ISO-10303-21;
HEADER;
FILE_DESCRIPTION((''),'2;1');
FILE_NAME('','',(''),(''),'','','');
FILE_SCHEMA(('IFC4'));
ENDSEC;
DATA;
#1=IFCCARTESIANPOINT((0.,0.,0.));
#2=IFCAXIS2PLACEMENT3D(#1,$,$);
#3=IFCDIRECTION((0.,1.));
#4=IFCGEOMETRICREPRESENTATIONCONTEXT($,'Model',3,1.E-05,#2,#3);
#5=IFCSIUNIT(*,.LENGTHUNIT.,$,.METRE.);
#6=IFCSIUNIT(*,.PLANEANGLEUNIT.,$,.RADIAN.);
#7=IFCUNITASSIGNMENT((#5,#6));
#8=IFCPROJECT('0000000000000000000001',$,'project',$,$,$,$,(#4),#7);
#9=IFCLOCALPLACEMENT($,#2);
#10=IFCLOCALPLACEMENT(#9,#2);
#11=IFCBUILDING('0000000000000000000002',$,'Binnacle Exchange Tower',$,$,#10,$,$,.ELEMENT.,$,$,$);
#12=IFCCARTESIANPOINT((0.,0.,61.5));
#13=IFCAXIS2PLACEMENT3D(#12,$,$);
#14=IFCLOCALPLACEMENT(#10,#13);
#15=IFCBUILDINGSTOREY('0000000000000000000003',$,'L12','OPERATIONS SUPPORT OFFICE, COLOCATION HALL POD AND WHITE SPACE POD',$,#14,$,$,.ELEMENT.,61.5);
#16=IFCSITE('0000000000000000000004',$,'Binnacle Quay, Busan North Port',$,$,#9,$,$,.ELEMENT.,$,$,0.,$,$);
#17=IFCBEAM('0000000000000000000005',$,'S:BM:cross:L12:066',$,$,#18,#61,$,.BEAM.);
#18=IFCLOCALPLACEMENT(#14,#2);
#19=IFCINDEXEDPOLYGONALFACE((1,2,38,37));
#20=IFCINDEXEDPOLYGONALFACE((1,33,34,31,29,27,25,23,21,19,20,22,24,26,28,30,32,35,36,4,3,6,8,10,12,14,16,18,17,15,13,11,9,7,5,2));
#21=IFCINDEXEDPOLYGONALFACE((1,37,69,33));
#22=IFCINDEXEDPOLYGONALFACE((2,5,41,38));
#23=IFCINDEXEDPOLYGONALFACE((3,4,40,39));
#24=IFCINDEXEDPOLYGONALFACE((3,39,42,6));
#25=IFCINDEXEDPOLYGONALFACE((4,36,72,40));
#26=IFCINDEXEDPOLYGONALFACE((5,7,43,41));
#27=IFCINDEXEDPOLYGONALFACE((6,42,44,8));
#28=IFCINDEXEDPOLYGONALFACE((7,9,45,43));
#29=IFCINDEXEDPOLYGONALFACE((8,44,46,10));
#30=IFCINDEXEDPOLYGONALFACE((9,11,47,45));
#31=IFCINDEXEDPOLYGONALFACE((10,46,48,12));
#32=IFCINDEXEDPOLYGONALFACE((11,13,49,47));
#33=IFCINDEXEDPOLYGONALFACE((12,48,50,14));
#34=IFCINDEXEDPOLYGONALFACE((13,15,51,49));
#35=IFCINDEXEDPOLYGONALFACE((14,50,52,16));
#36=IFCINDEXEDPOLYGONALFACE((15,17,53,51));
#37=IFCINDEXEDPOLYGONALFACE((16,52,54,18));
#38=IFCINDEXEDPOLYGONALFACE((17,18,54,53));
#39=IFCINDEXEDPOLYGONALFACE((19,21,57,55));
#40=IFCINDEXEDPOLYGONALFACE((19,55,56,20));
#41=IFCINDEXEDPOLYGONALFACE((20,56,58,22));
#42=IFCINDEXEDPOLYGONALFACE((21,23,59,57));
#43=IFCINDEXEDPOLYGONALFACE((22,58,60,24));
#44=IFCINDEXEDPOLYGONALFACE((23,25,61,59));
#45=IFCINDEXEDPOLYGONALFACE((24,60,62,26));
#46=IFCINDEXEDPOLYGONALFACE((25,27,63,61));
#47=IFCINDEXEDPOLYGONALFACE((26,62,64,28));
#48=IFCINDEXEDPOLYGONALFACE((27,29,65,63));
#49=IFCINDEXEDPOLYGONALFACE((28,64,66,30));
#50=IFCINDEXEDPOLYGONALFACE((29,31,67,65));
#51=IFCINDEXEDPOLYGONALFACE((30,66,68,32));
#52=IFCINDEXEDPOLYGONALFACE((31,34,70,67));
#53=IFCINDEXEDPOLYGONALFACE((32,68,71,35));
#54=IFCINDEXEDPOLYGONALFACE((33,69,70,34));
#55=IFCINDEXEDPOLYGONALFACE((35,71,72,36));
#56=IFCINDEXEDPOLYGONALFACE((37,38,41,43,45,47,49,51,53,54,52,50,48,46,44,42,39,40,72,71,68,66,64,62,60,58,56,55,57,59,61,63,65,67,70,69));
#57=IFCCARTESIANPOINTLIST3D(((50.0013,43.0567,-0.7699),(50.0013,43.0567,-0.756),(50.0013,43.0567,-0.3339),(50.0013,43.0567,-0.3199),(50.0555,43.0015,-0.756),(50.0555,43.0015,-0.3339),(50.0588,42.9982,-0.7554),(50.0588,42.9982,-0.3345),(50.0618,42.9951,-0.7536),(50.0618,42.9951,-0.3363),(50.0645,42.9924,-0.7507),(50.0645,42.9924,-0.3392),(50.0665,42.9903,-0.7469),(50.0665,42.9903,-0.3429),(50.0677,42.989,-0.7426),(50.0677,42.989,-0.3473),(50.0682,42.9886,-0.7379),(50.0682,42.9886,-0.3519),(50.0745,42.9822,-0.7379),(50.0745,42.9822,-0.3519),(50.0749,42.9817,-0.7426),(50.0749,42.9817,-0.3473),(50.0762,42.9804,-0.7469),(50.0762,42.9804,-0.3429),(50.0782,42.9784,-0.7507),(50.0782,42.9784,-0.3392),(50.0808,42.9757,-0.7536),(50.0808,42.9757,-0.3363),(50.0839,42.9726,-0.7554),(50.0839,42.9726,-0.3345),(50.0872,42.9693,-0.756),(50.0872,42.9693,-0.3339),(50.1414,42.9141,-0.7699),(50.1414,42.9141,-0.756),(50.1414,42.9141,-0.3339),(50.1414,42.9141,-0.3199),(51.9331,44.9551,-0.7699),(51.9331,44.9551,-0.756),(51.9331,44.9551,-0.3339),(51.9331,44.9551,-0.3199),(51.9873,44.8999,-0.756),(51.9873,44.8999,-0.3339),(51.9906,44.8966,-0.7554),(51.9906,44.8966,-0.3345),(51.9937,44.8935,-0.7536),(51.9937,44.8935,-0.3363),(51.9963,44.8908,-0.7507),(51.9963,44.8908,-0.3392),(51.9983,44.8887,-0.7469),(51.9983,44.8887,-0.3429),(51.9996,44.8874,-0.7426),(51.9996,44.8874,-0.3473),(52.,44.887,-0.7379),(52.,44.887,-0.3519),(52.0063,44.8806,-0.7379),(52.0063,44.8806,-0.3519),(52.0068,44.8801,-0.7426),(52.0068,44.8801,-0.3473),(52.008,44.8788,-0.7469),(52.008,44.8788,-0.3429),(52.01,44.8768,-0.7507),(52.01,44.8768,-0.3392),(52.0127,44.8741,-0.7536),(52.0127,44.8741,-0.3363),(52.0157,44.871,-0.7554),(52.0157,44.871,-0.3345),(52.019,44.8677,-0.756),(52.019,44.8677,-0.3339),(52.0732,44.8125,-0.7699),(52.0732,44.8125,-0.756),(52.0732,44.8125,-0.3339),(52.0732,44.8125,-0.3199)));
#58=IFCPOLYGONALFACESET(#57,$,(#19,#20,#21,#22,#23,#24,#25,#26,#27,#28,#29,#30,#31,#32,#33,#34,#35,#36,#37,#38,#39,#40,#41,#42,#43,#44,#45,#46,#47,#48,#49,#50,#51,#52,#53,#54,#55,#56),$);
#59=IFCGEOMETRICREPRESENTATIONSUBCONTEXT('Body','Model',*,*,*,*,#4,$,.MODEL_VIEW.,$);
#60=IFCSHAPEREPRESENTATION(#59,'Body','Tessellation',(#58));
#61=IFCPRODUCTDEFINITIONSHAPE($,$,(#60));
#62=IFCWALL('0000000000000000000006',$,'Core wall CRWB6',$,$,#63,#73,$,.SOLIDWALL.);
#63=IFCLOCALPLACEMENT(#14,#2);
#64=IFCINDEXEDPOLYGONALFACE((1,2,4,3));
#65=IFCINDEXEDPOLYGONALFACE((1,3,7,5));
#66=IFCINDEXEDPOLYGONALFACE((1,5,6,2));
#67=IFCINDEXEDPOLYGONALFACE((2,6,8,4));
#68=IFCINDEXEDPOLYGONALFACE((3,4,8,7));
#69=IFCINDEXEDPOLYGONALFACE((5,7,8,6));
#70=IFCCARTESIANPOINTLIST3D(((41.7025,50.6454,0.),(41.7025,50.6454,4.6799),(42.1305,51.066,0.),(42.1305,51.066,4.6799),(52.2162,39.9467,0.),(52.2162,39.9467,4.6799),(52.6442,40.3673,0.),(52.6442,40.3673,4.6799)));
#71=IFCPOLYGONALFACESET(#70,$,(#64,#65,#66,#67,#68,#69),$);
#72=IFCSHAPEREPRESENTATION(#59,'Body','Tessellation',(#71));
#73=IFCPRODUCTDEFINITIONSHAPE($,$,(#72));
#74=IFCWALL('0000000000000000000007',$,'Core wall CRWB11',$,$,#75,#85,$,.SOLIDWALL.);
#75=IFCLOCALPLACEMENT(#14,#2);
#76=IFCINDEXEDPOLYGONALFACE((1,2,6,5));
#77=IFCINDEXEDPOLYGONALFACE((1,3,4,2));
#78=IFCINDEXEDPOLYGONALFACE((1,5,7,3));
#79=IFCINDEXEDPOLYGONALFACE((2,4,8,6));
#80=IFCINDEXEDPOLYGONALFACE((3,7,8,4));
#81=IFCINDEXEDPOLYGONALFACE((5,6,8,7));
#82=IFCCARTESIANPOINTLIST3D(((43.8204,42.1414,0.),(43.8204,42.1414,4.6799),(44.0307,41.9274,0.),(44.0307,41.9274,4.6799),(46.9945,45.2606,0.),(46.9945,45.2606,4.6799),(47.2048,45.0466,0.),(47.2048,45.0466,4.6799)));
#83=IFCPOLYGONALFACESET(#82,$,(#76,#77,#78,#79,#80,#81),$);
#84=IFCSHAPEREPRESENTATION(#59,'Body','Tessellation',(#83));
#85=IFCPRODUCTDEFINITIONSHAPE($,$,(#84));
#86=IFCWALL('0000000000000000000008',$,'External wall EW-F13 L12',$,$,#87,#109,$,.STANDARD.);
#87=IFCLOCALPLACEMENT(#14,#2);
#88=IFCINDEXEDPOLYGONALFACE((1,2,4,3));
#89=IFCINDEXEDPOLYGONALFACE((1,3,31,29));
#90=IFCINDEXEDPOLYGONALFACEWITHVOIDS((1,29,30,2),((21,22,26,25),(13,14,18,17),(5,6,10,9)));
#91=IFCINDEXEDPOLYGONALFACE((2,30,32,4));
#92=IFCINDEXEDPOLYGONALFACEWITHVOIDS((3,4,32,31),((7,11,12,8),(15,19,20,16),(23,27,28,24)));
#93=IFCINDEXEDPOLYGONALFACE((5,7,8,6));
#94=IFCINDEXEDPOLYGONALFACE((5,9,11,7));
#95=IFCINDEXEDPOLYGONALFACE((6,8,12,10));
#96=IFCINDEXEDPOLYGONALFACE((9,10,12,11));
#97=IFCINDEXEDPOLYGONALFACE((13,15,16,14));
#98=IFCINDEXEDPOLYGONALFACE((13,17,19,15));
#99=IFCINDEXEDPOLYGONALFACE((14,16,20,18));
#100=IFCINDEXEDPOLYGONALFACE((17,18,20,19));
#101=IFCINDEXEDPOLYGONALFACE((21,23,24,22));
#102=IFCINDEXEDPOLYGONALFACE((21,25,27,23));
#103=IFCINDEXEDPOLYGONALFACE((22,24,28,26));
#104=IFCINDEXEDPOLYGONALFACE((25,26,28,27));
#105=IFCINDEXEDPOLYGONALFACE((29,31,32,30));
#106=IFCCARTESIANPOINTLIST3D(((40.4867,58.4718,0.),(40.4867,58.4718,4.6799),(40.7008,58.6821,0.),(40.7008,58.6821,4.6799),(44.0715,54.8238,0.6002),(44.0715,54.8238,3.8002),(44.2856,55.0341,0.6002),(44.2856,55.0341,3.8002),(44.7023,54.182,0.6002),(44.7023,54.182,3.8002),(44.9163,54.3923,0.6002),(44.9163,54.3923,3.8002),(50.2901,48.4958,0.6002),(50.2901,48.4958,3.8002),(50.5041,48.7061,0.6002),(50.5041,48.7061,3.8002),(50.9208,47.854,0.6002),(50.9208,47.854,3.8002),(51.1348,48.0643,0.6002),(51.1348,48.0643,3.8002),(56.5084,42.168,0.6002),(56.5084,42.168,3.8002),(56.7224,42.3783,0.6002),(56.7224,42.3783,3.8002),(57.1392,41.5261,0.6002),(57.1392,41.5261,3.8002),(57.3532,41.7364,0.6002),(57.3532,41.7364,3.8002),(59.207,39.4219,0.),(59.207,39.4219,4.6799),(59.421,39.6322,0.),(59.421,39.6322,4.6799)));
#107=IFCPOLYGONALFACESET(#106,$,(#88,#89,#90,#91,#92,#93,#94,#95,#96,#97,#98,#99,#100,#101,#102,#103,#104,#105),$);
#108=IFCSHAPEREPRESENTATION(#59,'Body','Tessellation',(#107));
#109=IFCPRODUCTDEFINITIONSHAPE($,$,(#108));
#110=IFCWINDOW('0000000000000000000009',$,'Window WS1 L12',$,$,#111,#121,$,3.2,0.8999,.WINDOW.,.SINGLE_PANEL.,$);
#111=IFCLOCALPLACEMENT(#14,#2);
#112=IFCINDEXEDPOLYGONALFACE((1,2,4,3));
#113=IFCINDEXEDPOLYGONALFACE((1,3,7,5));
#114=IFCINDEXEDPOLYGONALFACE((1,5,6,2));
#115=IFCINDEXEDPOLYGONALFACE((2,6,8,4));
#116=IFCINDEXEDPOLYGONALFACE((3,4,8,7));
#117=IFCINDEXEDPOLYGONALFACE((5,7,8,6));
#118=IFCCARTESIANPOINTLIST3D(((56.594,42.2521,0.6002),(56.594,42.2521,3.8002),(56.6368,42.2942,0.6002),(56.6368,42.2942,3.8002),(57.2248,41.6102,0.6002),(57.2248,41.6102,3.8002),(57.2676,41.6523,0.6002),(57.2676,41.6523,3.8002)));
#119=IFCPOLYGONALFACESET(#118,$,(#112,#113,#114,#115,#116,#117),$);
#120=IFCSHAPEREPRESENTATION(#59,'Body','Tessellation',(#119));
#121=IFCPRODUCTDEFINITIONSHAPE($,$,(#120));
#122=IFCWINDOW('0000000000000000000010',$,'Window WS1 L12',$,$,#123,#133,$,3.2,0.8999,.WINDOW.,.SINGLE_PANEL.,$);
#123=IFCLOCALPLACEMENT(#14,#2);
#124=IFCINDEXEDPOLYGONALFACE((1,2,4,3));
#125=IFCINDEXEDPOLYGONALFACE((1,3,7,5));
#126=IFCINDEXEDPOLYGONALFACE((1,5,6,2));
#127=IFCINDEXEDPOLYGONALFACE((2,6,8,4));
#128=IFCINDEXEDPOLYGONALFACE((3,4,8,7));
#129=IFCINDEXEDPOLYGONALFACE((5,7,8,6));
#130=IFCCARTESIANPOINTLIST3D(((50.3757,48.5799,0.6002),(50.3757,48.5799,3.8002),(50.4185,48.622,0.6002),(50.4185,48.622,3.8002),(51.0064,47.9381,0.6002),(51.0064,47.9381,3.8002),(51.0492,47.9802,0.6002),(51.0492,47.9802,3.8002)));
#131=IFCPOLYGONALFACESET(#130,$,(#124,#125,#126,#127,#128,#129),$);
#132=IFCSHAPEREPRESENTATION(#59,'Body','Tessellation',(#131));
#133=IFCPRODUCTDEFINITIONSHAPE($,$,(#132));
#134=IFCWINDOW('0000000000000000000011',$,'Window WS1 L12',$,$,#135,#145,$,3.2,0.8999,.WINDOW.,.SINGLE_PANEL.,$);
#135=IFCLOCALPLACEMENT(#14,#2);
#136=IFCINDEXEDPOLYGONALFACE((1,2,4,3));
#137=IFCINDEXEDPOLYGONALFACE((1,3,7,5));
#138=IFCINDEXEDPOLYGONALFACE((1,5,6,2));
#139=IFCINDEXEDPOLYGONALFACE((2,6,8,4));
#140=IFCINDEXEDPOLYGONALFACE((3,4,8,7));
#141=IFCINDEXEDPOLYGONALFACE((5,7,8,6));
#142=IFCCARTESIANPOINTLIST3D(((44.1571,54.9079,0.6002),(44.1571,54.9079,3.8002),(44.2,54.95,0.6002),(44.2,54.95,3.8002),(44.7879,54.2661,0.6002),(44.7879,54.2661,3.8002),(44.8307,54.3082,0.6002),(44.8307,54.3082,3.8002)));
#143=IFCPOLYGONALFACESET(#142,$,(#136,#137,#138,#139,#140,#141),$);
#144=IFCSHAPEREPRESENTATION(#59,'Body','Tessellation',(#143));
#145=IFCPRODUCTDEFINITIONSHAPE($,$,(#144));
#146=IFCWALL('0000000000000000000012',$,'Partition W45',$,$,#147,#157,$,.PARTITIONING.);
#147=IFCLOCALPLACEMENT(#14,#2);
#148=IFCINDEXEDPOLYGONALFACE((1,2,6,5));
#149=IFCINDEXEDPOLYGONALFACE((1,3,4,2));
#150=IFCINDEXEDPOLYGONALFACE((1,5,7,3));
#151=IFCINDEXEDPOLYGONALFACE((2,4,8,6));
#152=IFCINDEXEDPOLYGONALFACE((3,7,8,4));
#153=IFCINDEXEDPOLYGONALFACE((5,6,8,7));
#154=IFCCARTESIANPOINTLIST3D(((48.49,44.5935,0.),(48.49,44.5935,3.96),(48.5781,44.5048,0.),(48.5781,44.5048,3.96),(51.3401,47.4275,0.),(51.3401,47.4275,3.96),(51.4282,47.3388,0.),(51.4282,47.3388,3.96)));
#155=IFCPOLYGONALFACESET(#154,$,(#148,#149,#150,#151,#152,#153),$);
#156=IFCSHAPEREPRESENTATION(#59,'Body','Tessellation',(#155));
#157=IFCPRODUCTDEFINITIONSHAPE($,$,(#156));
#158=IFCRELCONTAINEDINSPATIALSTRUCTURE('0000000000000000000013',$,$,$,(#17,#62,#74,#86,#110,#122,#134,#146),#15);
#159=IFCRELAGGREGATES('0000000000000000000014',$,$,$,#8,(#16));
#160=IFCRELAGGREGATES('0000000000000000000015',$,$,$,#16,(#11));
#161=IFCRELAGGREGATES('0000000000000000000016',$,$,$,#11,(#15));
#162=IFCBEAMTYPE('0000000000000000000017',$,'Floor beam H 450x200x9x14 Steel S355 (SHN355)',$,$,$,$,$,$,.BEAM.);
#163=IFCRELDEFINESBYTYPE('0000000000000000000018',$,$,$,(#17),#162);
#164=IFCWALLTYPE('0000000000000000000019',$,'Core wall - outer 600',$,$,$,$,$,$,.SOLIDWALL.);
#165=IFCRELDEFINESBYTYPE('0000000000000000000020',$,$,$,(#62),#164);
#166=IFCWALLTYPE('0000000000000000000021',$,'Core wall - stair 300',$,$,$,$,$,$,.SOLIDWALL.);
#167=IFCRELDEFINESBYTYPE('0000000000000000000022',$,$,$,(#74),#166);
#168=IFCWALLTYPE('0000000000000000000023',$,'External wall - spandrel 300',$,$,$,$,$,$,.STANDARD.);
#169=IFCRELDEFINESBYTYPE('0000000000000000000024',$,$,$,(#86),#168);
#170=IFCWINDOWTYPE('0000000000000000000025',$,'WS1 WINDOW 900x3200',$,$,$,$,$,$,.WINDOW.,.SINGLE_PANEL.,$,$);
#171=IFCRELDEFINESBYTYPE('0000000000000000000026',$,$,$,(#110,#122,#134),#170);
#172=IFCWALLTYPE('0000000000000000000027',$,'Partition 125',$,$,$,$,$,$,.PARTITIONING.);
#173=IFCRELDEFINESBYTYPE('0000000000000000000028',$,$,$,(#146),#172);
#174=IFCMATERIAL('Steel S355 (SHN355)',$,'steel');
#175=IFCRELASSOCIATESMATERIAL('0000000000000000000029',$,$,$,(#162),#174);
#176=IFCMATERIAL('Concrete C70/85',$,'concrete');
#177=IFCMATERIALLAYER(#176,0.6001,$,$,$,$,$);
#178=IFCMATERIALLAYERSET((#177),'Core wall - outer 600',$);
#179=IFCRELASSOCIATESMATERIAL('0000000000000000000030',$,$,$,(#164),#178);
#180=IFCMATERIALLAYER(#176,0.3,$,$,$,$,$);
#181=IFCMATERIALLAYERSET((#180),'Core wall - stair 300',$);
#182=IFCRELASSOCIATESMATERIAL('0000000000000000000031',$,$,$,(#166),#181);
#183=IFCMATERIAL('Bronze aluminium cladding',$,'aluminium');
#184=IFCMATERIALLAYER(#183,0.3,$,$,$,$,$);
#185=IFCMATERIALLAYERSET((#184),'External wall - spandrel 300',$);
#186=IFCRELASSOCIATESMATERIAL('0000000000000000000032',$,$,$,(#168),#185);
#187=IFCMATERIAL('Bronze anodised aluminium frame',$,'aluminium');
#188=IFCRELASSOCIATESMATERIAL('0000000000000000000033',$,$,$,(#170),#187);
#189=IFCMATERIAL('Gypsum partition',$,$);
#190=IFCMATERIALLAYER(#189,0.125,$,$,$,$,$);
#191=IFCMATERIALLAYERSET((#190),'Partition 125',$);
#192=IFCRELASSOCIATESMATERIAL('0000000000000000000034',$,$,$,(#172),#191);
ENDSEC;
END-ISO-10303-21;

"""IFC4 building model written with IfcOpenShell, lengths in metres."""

from ifc_helpers import new_model, si_unit, direction, frame, frame_2d, origin, origin_2d, place, context, subcontext, project, spatial, rectangle, i_section, extrude, material, layer, layer_set, material_profile, profile_set, type_object, element, fill, save


model = new_model("IFC4")

# Units and contexts
model_context = context("Model", 3, precision=1e-05, world=origin(), true_north=direction((0.0, 1.0)))
body_context = subcontext(model_context, "Body", "Model", "MODEL_VIEW")
ifc_project = project(units=[si_unit("LENGTHUNIT", "METRE"), si_unit("PLANEANGLEUNIT", "RADIAN")], contexts=[model_context])

# Site, building, storey
site_placement = place(None, origin())
site = spatial("IfcSite", under=ifc_project, at=site_placement, Name="Binnacle Quay, Busan North Port", CompositionType="ELEMENT", RefElevation=0.0)
building_placement = place(site_placement, origin())
building = spatial("IfcBuilding", under=site, at=building_placement, Name="Binnacle Exchange Tower", CompositionType="ELEMENT")
storey_placement = place(building_placement, frame((0.0, 0.0, 61.5)))
storey = spatial("IfcBuildingStorey", under=building, at=storey_placement, Name="L12", Description="OPERATIONS SUPPORT OFFICE, COLOCATION HALL POD AND WHITE SPACE POD", CompositionType="ELEMENT", Elevation=61.5)

# Shared definitions
ifc_material_1 = material(Name="Concrete C70/85", Category="concrete")

# Beam
ifc_material_2 = material(Name="Steel S355 (SHN355)", Category="steel")
ifc_material_profile_1 = material_profile(ifc_material_2, i_section(OverallWidth=0.2, OverallDepth=0.45, WebThickness=0.009, FlangeThickness=0.0139, FilletRadius=0.0181, at=origin_2d()), Name="H 450x200x9x14")
ifc_profile_set_1 = profile_set([ifc_material_profile_1], Name="Steel S355 (SHN355)")
beam_type_1 = type_object("IfcBeamType", Name="Floor beam H 450x200x9x14 Steel S355 (SHN355)", PredefinedType="BEAM", material=ifc_profile_set_1)
for number, where, z_axis, x_axis, name in (
    (1, (52.0032, 44.8838, -0.5449), (-0.713254, -0.700905, 0.0), (0.700905, -0.713254, 0.0), "S:BM:cross:L12:066"),
):
    element("IfcBeam", number, at=place(storey_placement, frame(where, z_axis=z_axis, x_axis=x_axis)), inside=storey, type_object=beam_type_1, Name=name, PredefinedType="BEAM", context=body_context, shape_type="SweptSolid", body=[
        extrude(i_section(OverallWidth=0.2, OverallDepth=0.45, WebThickness=0.009, FlangeThickness=0.0139, FilletRadius=0.0181, at=origin_2d()), origin(), (0.0, 0.0, 1.0), 2.7085),
    ])

# Walls
ifc_layer_1 = layer(ifc_material_1, 0.6001)
ifc_layer_set_1 = layer_set([ifc_layer_1], Name="Core wall - outer 600")
wall_type_1 = type_object("IfcWallType", Name="Core wall - outer 600", PredefinedType="SOLIDWALL", material=ifc_layer_set_1)
wall_1_placement = place(storey_placement, frame((41.9165, 50.8557, 0.0), z_axis=(0.0, 0.0, 1.0), x_axis=(0.700911, -0.713248, 0.0)))
element("IfcWall", 2, at=wall_1_placement, inside=storey, type_object=wall_type_1, Name="Core wall CRWB6", PredefinedType="SOLIDWALL", context=body_context, shape_type="SweptSolid", body=[
    extrude(rectangle(XDim=15.0, YDim=0.6001, at=frame_2d((7.5, 0.0))), origin(), (0.0, 0.0, 1.0), 4.6799),
])
ifc_layer_2 = layer(ifc_material_1, 0.3)
ifc_layer_set_2 = layer_set([ifc_layer_2], Name="Core wall - stair 300")
wall_type_2 = type_object("IfcWallType", Name="Core wall - stair 300", PredefinedType="SOLIDWALL", material=ifc_layer_set_2)
wall_2_placement = place(storey_placement, frame((43.9255, 42.0344, 0.0), z_axis=(0.0, 0.0, 1.0), x_axis=(0.713252, 0.700908, 0.0)))
element("IfcWall", 3, at=wall_2_placement, inside=storey, type_object=wall_type_2, Name="Core wall CRWB11", PredefinedType="SOLIDWALL", context=body_context, shape_type="SweptSolid", body=[
    extrude(rectangle(XDim=4.4502, YDim=0.3, at=frame_2d((2.2251, 0.0))), origin(), (0.0, 0.0, 1.0), 4.6799),
])

# Wall, openings, windows
ifc_material_3 = material(Name="Bronze aluminium cladding", Category="aluminium")
ifc_layer_3 = layer(ifc_material_3, 0.3)
ifc_layer_set_3 = layer_set([ifc_layer_3], Name="External wall - spandrel 300")
wall_type_3 = type_object("IfcWallType", Name="External wall - spandrel 300", PredefinedType="STANDARD", material=ifc_layer_set_3)
wall_3_placement = place(storey_placement, frame((40.5938, 58.5769, 0.0), z_axis=(0.0, 0.0, 1.0), x_axis=(0.70091, -0.71325, 0.0)))
wall_3 = element("IfcWall", 4, at=wall_3_placement, inside=storey, type_object=wall_type_3, Name="External wall EW-F13 L12", PredefinedType="STANDARD", context=body_context, shape_type="SweptSolid", body=[
    extrude(rectangle(XDim=26.7085, YDim=0.3, at=frame_2d((13.3542, 0.0))), origin(), (0.0, 0.0, 1.0), 4.6799),
])
opening_1_placement = place(wall_3_placement, frame((22.8584, 0.0, 0.6001)))
opening_1 = element("IfcOpeningElement", 5, at=opening_1_placement, cuts=wall_3, PredefinedType="OPENING", context=body_context, shape_type="SweptSolid", body=[
    extrude(rectangle(XDim=0.8999, YDim=3.2, at=frame_2d((0.45, 1.6001))), frame((0.0, 0.1599, 0.0), z_axis=(0.0, -1.0, 0.0), x_axis=(1.0, 0.0, 0.0)), (0.0, 0.0, 1.0), 0.3201),
])
opening_2_placement = place(wall_3_placement, frame((13.9866, 0.0, 0.6001)))
opening_2 = element("IfcOpeningElement", 6, at=opening_2_placement, cuts=wall_3, PredefinedType="OPENING", context=body_context, shape_type="SweptSolid", body=[
    extrude(rectangle(XDim=0.8999, YDim=3.2, at=frame_2d((0.45, 1.6001))), frame((0.0, 0.1599, 0.0), z_axis=(0.0, -1.0, 0.0), x_axis=(1.0, 0.0, 0.0)), (0.0, 0.0, 1.0), 0.3201),
])
opening_3_placement = place(wall_3_placement, frame((5.1145, 0.0, 0.6001)))
opening_3 = element("IfcOpeningElement", 7, at=opening_3_placement, cuts=wall_3, PredefinedType="OPENING", context=body_context, shape_type="SweptSolid", body=[
    extrude(rectangle(XDim=0.8999, YDim=3.2, at=frame_2d((0.45, 1.6001))), frame((0.0, 0.1599, 0.0), z_axis=(0.0, -1.0, 0.0), x_axis=(1.0, 0.0, 0.0)), (0.0, 0.0, 1.0), 0.3201),
])
ifc_material_4 = material(Name="Bronze anodised aluminium frame", Category="aluminium")
window_type = type_object("IfcWindowType", Name="WS1 WINDOW 900x3200", PartitioningType="SINGLE_PANEL", PredefinedType="WINDOW", material=ifc_material_4)
window_1_placement = place(opening_1_placement, origin())
window_1 = element("IfcWindow", 8, at=window_1_placement, inside=storey, type_object=window_type, Name="Window WS1 L12", OverallHeight=3.2, OverallWidth=0.8999, PartitioningType="SINGLE_PANEL", PredefinedType="WINDOW", context=body_context, shape_type="SweptSolid", body=[
    extrude(rectangle(XDim=0.8999, YDim=3.2, at=frame_2d((0.45, 1.6001))), frame((0.0, 0.03, 0.0), z_axis=(0.0, -1.0, 0.0), x_axis=(1.0, 0.0, 0.0)), (0.0, 0.0, 1.0), 0.0601),
])
fill(opening_1, window_1)
window_2_placement = place(opening_2_placement, origin())
window_2 = element("IfcWindow", 9, at=window_2_placement, inside=storey, type_object=window_type, Name="Window WS1 L12", OverallHeight=3.2, OverallWidth=0.8999, PartitioningType="SINGLE_PANEL", PredefinedType="WINDOW", context=body_context, shape_type="SweptSolid", body=[
    extrude(rectangle(XDim=0.8999, YDim=3.2, at=frame_2d((0.45, 1.6001))), frame((0.0, 0.03, 0.0), z_axis=(0.0, -1.0, 0.0), x_axis=(1.0, 0.0, 0.0)), (0.0, 0.0, 1.0), 0.0601),
])
fill(opening_2, window_2)
window_3_placement = place(opening_3_placement, origin())
window_3 = element("IfcWindow", 10, at=window_3_placement, inside=storey, type_object=window_type, Name="Window WS1 L12", OverallHeight=3.2, OverallWidth=0.8999, PartitioningType="SINGLE_PANEL", PredefinedType="WINDOW", context=body_context, shape_type="SweptSolid", body=[
    extrude(rectangle(XDim=0.8999, YDim=3.2, at=frame_2d((0.45, 1.6001))), frame((0.0, 0.03, 0.0), z_axis=(0.0, -1.0, 0.0), x_axis=(1.0, 0.0, 0.0)), (0.0, 0.0, 1.0), 0.0601),
])
fill(opening_3, window_3)

# Wall
ifc_material_5 = material(Name="Gypsum partition")
ifc_layer_4 = layer(ifc_material_5, 0.125)
ifc_layer_set_4 = layer_set([ifc_layer_4], Name="Partition 125")
wall_type_4 = type_object("IfcWallType", Name="Partition 125", PredefinedType="PARTITIONING", material=ifc_layer_set_4)
wall_4_placement = place(storey_placement, frame((48.5339, 44.5491, 0.0), z_axis=(0.0, 0.0, 1.0), x_axis=(0.709108, 0.705099, 0.0)))
element("IfcWall", 11, at=wall_4_placement, inside=storey, type_object=wall_type_4, Name="Partition W45", PredefinedType="PARTITIONING", context=body_context, shape_type="SweptSolid", body=[
    extrude(rectangle(XDim=4.0193, YDim=0.125, at=frame_2d((2.0098, 0.0))), origin(), (0.0, 0.0, 1.0), 3.96),
])

save(model, "model.ifc")
